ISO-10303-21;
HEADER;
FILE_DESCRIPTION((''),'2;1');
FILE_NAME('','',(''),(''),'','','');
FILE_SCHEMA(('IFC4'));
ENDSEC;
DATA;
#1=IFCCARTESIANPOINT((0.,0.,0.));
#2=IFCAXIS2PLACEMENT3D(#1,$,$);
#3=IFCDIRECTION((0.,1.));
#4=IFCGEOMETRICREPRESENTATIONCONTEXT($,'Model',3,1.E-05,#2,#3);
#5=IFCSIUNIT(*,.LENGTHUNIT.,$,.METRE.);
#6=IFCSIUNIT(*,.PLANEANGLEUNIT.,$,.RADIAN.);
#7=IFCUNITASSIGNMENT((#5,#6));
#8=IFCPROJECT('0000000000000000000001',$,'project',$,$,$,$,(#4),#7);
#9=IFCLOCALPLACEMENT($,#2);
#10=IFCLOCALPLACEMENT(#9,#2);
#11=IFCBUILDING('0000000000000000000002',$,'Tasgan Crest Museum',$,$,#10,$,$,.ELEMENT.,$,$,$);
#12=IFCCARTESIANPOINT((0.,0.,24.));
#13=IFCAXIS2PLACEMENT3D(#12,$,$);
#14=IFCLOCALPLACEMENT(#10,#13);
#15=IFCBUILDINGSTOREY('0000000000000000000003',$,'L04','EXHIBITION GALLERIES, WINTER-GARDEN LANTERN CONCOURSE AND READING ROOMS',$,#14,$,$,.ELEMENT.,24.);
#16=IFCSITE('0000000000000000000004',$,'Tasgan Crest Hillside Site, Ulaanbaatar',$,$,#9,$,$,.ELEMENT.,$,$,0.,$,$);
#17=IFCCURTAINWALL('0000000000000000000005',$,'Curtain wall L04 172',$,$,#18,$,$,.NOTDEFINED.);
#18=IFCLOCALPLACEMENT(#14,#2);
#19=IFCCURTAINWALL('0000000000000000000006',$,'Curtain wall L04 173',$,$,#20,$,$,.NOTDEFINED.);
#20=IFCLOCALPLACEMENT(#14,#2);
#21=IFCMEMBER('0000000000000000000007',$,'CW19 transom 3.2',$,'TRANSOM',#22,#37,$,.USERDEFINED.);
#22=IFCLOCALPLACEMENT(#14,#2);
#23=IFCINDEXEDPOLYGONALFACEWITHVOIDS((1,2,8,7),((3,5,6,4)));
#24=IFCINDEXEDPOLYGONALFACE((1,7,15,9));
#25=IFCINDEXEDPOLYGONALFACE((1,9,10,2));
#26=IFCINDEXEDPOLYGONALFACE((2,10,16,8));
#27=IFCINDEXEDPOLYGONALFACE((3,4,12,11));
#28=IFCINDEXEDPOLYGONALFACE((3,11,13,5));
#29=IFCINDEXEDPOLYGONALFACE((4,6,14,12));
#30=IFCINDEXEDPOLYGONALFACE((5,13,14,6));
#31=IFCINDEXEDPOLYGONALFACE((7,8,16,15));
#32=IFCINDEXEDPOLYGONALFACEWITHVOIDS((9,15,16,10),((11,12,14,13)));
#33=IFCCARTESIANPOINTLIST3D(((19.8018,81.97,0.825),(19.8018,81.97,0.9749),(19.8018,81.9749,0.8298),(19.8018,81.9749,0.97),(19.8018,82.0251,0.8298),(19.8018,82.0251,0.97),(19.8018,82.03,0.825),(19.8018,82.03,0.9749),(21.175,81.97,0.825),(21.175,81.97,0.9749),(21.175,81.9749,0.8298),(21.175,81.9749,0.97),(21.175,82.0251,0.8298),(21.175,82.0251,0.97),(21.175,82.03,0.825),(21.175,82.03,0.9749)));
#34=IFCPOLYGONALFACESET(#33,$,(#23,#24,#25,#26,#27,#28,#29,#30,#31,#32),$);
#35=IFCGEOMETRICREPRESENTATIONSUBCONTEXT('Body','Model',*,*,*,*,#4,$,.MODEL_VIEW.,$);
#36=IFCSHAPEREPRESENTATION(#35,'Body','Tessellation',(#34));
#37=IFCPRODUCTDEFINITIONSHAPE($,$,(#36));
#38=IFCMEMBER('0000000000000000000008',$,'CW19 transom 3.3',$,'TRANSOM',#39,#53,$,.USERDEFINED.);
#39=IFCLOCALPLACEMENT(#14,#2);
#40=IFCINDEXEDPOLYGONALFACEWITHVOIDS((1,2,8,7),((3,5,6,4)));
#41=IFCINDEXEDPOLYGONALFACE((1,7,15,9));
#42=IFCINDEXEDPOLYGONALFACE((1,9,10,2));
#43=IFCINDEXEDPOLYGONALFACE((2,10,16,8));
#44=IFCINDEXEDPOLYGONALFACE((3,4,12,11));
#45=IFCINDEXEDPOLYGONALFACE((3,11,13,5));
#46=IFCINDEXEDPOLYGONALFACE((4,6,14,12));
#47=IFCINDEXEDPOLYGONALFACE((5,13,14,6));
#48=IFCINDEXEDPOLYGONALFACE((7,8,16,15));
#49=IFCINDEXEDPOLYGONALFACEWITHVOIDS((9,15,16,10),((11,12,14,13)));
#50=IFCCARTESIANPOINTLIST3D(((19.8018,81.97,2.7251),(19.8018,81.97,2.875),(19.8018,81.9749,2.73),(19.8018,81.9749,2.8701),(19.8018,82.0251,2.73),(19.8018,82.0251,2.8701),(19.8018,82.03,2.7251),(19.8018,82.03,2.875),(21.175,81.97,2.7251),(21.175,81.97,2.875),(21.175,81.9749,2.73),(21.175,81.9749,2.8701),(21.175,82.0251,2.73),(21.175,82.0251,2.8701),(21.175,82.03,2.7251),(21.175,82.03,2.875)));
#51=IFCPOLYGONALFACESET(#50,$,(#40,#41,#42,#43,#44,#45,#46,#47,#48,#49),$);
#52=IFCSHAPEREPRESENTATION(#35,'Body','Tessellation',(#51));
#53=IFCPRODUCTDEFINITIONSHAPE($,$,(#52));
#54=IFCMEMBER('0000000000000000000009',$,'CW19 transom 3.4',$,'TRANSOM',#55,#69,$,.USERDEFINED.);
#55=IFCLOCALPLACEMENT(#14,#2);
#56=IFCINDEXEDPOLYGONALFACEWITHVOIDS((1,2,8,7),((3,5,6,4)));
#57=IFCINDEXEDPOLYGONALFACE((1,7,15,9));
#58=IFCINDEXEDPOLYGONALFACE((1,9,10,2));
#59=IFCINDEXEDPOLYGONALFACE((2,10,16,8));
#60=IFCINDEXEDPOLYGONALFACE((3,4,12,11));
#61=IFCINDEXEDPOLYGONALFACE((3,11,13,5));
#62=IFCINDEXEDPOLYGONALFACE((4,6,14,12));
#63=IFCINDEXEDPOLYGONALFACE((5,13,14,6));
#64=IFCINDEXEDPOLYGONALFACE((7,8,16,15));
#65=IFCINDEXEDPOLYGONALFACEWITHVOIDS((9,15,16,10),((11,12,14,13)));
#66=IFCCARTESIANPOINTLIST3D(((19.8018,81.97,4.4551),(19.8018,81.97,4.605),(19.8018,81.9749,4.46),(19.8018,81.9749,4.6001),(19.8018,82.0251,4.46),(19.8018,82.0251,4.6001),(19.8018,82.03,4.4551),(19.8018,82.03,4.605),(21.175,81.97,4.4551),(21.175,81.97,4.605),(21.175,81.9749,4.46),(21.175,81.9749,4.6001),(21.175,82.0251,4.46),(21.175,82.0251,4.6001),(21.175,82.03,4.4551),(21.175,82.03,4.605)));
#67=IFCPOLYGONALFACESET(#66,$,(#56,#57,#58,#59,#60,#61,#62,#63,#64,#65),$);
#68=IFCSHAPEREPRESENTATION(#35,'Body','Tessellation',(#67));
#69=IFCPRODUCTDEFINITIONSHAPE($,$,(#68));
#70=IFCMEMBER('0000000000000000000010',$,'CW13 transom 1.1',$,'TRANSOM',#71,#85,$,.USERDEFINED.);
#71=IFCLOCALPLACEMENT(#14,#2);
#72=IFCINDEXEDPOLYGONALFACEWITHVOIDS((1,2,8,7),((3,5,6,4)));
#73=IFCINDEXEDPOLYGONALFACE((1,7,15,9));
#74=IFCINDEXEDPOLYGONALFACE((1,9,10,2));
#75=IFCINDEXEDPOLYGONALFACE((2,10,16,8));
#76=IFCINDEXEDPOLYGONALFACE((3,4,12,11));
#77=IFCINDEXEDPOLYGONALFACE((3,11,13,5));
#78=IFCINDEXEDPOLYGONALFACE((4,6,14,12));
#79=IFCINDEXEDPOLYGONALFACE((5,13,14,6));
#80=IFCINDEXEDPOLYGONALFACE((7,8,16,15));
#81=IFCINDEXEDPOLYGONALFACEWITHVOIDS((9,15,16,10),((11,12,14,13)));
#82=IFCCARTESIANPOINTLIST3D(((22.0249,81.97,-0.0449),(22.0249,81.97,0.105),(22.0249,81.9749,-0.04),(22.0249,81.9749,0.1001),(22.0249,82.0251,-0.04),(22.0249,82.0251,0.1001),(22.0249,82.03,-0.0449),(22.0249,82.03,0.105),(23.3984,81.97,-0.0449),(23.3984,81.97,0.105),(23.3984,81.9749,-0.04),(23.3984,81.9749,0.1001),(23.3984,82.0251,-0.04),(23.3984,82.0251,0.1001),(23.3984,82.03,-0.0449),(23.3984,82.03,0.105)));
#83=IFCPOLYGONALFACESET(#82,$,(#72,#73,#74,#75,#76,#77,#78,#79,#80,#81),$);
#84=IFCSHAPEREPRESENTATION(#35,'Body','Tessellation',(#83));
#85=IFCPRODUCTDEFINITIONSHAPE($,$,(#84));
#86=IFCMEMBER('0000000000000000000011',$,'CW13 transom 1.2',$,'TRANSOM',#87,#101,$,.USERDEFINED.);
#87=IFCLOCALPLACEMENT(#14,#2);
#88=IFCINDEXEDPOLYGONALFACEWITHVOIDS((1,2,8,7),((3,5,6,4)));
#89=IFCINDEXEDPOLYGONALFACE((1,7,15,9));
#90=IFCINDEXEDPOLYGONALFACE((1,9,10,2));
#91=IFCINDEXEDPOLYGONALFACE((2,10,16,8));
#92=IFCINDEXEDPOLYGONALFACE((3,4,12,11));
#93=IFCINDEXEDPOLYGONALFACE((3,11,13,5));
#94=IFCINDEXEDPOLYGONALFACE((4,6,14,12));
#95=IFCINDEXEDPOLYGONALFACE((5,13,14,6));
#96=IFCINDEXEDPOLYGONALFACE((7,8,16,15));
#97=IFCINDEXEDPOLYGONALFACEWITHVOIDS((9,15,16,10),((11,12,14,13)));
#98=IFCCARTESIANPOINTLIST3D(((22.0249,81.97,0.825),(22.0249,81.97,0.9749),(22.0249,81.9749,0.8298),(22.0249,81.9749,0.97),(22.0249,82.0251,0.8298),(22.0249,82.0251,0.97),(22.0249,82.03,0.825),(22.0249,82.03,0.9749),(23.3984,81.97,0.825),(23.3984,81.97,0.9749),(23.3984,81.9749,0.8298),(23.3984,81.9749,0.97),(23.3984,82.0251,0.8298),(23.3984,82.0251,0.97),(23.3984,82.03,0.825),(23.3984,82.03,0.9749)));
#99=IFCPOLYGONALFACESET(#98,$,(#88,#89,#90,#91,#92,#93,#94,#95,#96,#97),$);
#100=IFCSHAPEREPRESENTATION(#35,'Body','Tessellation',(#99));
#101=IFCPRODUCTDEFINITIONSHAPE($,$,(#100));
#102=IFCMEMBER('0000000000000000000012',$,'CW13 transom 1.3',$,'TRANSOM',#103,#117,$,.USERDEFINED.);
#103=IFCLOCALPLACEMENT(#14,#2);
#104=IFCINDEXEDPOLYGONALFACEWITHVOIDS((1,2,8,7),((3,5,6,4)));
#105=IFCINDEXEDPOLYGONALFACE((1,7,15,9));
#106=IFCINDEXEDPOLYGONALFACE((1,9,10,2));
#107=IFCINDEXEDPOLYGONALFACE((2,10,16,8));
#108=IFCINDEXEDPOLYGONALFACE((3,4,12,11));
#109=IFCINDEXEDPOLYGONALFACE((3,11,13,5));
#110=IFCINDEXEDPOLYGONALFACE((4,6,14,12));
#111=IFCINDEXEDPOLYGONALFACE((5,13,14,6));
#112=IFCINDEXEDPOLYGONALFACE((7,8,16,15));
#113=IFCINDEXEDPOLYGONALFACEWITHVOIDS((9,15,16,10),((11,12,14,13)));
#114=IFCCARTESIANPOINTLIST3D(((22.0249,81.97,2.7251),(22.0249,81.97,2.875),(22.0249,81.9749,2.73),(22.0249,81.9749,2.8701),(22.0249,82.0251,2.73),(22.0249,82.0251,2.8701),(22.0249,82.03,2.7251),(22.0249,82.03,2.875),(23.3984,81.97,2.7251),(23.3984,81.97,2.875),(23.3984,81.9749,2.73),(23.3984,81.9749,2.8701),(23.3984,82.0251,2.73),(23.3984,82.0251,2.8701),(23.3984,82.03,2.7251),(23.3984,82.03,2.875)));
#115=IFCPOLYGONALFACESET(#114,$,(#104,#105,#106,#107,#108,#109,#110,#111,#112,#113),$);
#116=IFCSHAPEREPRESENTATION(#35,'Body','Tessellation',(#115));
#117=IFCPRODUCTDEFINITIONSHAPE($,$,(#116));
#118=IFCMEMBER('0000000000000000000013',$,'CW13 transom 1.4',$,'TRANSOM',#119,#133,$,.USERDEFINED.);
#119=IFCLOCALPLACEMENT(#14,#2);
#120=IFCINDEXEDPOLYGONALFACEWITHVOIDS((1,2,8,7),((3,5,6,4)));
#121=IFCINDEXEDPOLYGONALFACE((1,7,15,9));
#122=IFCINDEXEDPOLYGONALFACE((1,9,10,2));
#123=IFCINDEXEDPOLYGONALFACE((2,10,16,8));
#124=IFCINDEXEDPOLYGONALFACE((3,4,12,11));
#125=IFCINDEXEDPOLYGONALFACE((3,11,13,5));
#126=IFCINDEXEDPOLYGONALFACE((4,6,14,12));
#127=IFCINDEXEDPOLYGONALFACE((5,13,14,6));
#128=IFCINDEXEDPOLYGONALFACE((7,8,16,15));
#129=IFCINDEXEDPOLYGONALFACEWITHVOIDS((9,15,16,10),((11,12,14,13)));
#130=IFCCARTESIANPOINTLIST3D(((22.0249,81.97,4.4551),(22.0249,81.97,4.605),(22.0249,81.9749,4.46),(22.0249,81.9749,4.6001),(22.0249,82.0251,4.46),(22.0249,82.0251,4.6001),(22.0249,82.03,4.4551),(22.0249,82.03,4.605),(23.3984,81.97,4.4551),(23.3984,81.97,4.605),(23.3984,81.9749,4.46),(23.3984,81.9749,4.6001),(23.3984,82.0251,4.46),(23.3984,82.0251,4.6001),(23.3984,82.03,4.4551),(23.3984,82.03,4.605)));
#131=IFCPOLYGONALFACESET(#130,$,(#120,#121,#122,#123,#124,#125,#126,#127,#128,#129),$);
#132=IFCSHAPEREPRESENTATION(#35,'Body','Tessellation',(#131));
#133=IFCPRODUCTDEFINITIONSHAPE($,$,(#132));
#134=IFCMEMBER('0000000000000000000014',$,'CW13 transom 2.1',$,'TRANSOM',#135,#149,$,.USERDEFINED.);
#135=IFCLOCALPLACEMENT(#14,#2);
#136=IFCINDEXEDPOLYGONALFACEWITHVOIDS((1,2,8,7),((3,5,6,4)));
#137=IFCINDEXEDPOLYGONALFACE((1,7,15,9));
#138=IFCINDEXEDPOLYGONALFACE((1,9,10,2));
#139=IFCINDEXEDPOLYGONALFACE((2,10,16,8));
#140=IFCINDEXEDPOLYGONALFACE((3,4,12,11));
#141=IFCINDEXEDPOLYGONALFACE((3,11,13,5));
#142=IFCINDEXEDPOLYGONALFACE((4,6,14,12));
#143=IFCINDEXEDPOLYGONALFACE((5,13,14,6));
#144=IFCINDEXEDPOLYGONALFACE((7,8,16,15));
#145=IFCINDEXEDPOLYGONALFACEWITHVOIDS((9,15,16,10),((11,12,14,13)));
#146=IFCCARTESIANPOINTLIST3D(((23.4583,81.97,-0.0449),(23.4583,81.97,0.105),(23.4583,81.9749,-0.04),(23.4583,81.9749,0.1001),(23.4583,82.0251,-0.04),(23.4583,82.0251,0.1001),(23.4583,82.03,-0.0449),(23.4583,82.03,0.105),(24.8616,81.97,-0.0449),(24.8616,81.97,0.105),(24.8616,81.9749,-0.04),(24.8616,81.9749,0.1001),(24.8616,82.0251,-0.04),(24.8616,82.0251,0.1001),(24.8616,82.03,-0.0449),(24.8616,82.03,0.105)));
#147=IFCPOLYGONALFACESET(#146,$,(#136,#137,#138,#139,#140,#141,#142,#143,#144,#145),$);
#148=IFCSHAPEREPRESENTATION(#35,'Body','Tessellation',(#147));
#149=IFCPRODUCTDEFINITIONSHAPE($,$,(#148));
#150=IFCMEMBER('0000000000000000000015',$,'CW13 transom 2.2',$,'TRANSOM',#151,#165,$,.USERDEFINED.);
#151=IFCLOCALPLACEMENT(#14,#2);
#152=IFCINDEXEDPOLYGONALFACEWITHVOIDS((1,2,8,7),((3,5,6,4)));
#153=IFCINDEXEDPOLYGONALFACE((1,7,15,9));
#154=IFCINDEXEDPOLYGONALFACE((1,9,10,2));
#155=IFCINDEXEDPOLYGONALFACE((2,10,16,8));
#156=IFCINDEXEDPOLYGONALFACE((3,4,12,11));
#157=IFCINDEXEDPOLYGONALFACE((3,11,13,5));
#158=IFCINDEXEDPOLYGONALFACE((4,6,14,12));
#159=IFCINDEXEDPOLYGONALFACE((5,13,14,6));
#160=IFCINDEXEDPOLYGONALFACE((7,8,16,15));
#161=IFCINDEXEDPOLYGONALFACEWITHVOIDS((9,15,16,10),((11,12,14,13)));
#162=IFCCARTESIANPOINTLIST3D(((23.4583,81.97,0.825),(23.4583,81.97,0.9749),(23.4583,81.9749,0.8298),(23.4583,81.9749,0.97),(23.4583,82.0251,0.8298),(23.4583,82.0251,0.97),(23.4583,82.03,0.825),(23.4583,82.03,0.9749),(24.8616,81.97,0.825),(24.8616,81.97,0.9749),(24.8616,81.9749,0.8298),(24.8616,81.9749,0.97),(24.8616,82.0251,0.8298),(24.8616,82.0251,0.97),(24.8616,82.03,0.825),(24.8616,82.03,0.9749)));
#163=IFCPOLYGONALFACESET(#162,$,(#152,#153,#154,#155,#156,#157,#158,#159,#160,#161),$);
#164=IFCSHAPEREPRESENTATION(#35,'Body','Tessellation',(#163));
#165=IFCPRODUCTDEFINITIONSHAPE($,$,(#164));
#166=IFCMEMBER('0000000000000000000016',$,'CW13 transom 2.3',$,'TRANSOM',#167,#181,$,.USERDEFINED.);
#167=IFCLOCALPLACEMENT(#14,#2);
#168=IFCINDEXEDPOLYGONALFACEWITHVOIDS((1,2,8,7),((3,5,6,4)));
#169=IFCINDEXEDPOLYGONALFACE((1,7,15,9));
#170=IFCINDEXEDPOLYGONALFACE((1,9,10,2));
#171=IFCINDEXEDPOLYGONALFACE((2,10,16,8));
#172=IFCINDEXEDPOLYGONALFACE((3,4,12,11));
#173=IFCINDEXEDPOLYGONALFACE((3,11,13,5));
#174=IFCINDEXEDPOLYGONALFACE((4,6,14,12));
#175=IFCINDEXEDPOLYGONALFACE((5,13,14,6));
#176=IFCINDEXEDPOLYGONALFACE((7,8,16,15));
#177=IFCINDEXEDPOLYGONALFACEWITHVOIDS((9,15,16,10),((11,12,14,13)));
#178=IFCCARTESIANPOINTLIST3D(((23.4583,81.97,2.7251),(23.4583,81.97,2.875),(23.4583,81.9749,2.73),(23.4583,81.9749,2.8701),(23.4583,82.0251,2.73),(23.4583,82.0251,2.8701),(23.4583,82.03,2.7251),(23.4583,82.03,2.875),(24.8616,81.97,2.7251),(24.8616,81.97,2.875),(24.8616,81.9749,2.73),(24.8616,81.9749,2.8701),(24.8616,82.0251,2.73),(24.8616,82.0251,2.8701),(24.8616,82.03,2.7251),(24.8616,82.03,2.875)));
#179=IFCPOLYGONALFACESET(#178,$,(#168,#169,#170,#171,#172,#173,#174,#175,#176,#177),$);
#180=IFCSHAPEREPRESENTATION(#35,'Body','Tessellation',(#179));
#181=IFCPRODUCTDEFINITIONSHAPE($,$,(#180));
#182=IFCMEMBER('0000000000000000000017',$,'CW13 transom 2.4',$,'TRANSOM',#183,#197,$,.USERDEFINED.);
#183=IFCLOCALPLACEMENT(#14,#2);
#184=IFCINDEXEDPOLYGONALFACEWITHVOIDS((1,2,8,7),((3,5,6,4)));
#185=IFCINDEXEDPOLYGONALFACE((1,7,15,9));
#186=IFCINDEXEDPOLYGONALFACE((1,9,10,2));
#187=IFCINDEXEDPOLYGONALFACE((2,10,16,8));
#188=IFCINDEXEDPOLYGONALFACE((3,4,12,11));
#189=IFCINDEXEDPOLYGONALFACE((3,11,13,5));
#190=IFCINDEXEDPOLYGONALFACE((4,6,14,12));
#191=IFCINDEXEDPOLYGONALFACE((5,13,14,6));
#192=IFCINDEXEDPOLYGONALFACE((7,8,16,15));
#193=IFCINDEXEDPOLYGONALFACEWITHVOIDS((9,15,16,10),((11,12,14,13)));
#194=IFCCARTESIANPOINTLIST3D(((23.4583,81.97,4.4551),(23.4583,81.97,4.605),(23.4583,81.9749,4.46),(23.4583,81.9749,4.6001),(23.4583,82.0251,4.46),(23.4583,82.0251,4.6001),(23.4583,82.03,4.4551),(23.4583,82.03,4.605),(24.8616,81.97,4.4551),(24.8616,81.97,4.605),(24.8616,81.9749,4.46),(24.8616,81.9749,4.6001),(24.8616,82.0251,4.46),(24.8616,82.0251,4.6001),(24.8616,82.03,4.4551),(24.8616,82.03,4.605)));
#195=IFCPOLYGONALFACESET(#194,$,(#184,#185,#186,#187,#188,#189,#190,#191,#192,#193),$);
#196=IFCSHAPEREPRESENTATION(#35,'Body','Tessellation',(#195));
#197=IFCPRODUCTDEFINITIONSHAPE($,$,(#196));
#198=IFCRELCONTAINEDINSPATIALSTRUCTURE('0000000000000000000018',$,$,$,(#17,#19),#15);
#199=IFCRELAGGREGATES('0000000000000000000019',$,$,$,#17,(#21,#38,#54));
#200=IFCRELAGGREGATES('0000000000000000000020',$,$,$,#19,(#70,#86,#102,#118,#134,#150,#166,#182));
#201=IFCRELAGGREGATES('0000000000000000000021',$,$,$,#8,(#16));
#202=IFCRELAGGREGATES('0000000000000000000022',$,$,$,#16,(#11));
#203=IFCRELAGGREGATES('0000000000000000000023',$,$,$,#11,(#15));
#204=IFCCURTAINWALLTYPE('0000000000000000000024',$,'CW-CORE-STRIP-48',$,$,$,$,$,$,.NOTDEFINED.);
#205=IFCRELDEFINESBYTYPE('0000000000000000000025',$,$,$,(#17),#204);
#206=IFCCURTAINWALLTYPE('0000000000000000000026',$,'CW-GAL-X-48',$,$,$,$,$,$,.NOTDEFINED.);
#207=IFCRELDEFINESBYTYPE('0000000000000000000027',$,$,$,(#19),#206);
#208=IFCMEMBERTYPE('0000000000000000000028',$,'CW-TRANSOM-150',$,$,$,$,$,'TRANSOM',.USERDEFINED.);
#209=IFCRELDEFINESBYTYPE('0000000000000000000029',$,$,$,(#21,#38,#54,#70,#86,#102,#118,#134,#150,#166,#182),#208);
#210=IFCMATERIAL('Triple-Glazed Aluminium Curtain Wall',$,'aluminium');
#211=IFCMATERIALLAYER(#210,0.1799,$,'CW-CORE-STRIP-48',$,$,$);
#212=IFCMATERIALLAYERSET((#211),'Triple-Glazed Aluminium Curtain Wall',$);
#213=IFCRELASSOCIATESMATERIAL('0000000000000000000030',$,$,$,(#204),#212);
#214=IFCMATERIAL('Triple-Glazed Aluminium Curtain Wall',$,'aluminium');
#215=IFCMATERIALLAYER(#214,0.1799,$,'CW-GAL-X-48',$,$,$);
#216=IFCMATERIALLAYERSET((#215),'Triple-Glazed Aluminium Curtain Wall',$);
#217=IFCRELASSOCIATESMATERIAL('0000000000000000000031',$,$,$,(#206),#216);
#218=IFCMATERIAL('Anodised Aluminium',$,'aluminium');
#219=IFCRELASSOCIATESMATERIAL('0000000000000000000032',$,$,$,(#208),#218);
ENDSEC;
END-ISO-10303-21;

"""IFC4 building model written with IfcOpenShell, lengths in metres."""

from ifc_helpers import new_model, si_unit, direction, frame, origin, origin_2d, place, context, subcontext, project, spatial, hollow_rectangle, extrude, material, layer, layer_set, material_profile, profile_set, type_object, element, aggregate, save


model = new_model("IFC4")

# Units and contexts
model_context = context("Model", 3, precision=1e-05, world=origin(), true_north=direction((0.0, 1.0)))
body_context = subcontext(model_context, "Body", "Model", "MODEL_VIEW")
ifc_project = project(units=[si_unit("LENGTHUNIT", "METRE"), si_unit("PLANEANGLEUNIT", "RADIAN")], contexts=[model_context])

# Site, building, storey
site_placement = place(None, origin())
site = spatial("IfcSite", under=ifc_project, at=site_placement, Name="Tasgan Crest Hillside Site, Ulaanbaatar", CompositionType="ELEMENT", RefElevation=0.0)
building_placement = place(site_placement, origin())
building = spatial("IfcBuilding", under=site, at=building_placement, Name="Tasgan Crest Museum", CompositionType="ELEMENT")
storey_placement = place(building_placement, frame((0.0, 0.0, 24.0)))
storey = spatial("IfcBuildingStorey", under=building, at=storey_placement, Name="L04", Description="EXHIBITION GALLERIES, WINTER-GARDEN LANTERN CONCOURSE AND READING ROOMS", CompositionType="ELEMENT", Elevation=24.0)

# Curtain wall
ifc_material_1 = material(Name="Triple-Glazed Aluminium Curtain Wall", Category="aluminium")
ifc_layer_1 = layer(ifc_material_1, 0.1799, Name="CW-CORE-STRIP-48")
ifc_layer_set_1 = layer_set([ifc_layer_1], Name="Triple-Glazed Aluminium Curtain Wall")
curtain_wall_type_1 = type_object("IfcCurtainWallType", Name="CW-CORE-STRIP-48", PredefinedType="NOTDEFINED", material=ifc_layer_set_1)
curtain_wall_1_placement = place(storey_placement, origin())
curtain_wall_1 = element("IfcCurtainWall", 1, at=curtain_wall_1_placement, inside=storey, type_object=curtain_wall_type_1, Name="Curtain wall L04 172", PredefinedType="NOTDEFINED")

# Curtain wall
ifc_material_2 = material(Name="Triple-Glazed Aluminium Curtain Wall", Category="aluminium")
ifc_layer_2 = layer(ifc_material_2, 0.1799, Name="CW-GAL-X-48")
ifc_layer_set_2 = layer_set([ifc_layer_2], Name="Triple-Glazed Aluminium Curtain Wall")
curtain_wall_type_2 = type_object("IfcCurtainWallType", Name="CW-GAL-X-48", PredefinedType="NOTDEFINED", material=ifc_layer_set_2)
curtain_wall_2_placement = place(storey_placement, origin())
curtain_wall_2 = element("IfcCurtainWall", 2, at=curtain_wall_2_placement, inside=storey, type_object=curtain_wall_type_2, Name="Curtain wall L04 173", PredefinedType="NOTDEFINED")

# Members
ifc_material_3 = material(Name="Anodised Aluminium", Category="aluminium")
ifc_material_profile_1 = material_profile(ifc_material_3, hollow_rectangle(XDim=0.0601, YDim=0.1499, WallThickness=0.0049, at=origin_2d()), Name="ALU TRANSOM 150x60x5")
ifc_profile_set_1 = profile_set([ifc_material_profile_1], Name="Anodised Aluminium")
member_type_1 = type_object("IfcMemberType", Name="CW-TRANSOM-150", ElementType="TRANSOM", PredefinedType="USERDEFINED", material=ifc_profile_set_1)
member_1_placement = place(storey_placement, frame((19.8018, 82.0, 0.8999), z_axis=(1.0, 0.0, 0.0), x_axis=(0.0, 1.0, 0.0)))
member_1 = element("IfcMember", 3, at=member_1_placement, type_object=member_type_1, Name="CW19 transom 3.2", ObjectType="TRANSOM", PredefinedType="USERDEFINED", context=body_context, shape_type="SweptSolid", body=[
    extrude(hollow_rectangle(XDim=0.0601, YDim=0.1499, WallThickness=0.0049, at=origin_2d()), origin(), (0.0, 0.0, 1.0), 1.3733),
])
member_2_placement = place(storey_placement, frame((19.8018, 82.0, 2.8), z_axis=(1.0, 0.0, 0.0), x_axis=(0.0, 1.0, 0.0)))
member_2 = element("IfcMember", 4, at=member_2_placement, type_object=member_type_1, Name="CW19 transom 3.3", ObjectType="TRANSOM", PredefinedType="USERDEFINED", context=body_context, shape_type="SweptSolid", body=[
    extrude(hollow_rectangle(XDim=0.0601, YDim=0.1499, WallThickness=0.0049, at=origin_2d()), origin(), (0.0, 0.0, 1.0), 1.3733),
])
member_3_placement = place(storey_placement, frame((19.8018, 82.0, 4.53), z_axis=(1.0, 0.0, 0.0), x_axis=(0.0, 1.0, 0.0)))
member_3 = element("IfcMember", 5, at=member_3_placement, type_object=member_type_1, Name="CW19 transom 3.4", ObjectType="TRANSOM", PredefinedType="USERDEFINED", context=body_context, shape_type="SweptSolid", body=[
    extrude(hollow_rectangle(XDim=0.0601, YDim=0.1499, WallThickness=0.0049, at=origin_2d()), origin(), (0.0, 0.0, 1.0), 1.3733),
])
member_4_placement = place(storey_placement, frame((22.0249, 82.0, 0.03), z_axis=(1.0, 0.0, 0.0), x_axis=(0.0, 1.0, 0.0)))
member_4 = element("IfcMember", 6, at=member_4_placement, type_object=member_type_1, Name="CW13 transom 1.1", ObjectType="TRANSOM", PredefinedType="USERDEFINED", context=body_context, shape_type="SweptSolid", body=[
    extrude(hollow_rectangle(XDim=0.0601, YDim=0.1499, WallThickness=0.0049, at=origin_2d()), origin(), (0.0, 0.0, 1.0), 1.3735),
])
member_5_placement = place(storey_placement, frame((22.0249, 82.0, 0.8999), z_axis=(1.0, 0.0, 0.0), x_axis=(0.0, 1.0, 0.0)))
member_5 = element("IfcMember", 7, at=member_5_placement, type_object=member_type_1, Name="CW13 transom 1.2", ObjectType="TRANSOM", PredefinedType="USERDEFINED", context=body_context, shape_type="SweptSolid", body=[
    extrude(hollow_rectangle(XDim=0.0601, YDim=0.1499, WallThickness=0.0049, at=origin_2d()), origin(), (0.0, 0.0, 1.0), 1.3735),
])
member_6_placement = place(storey_placement, frame((22.0249, 82.0, 2.8), z_axis=(1.0, 0.0, 0.0), x_axis=(0.0, 1.0, 0.0)))
member_6 = element("IfcMember", 8, at=member_6_placement, type_object=member_type_1, Name="CW13 transom 1.3", ObjectType="TRANSOM", PredefinedType="USERDEFINED", context=body_context, shape_type="SweptSolid", body=[
    extrude(hollow_rectangle(XDim=0.0601, YDim=0.1499, WallThickness=0.0049, at=origin_2d()), origin(), (0.0, 0.0, 1.0), 1.3735),
])
member_7_placement = place(storey_placement, frame((22.0249, 82.0, 4.53), z_axis=(1.0, 0.0, 0.0), x_axis=(0.0, 1.0, 0.0)))
member_7 = element("IfcMember", 9, at=member_7_placement, type_object=member_type_1, Name="CW13 transom 1.4", ObjectType="TRANSOM", PredefinedType="USERDEFINED", context=body_context, shape_type="SweptSolid", body=[
    extrude(hollow_rectangle(XDim=0.0601, YDim=0.1499, WallThickness=0.0049, at=origin_2d()), origin(), (0.0, 0.0, 1.0), 1.3735),
])
member_8_placement = place(storey_placement, frame((23.4583, 82.0, 0.03), z_axis=(1.0, 0.0, 0.0), x_axis=(0.0, 1.0, 0.0)))
member_8 = element("IfcMember", 10, at=member_8_placement, type_object=member_type_1, Name="CW13 transom 2.1", ObjectType="TRANSOM", PredefinedType="USERDEFINED", context=body_context, shape_type="SweptSolid", body=[
    extrude(hollow_rectangle(XDim=0.0601, YDim=0.1499, WallThickness=0.0049, at=origin_2d()), origin(), (0.0, 0.0, 1.0), 1.4033),
])
member_9_placement = place(storey_placement, frame((23.4583, 82.0, 0.8999), z_axis=(1.0, 0.0, 0.0), x_axis=(0.0, 1.0, 0.0)))
member_9 = element("IfcMember", 11, at=member_9_placement, type_object=member_type_1, Name="CW13 transom 2.2", ObjectType="TRANSOM", PredefinedType="USERDEFINED", context=body_context, shape_type="SweptSolid", body=[
    extrude(hollow_rectangle(XDim=0.0601, YDim=0.1499, WallThickness=0.0049, at=origin_2d()), origin(), (0.0, 0.0, 1.0), 1.4033),
])
member_10_placement = place(storey_placement, frame((23.4583, 82.0, 2.8), z_axis=(1.0, 0.0, 0.0), x_axis=(0.0, 1.0, 0.0)))
member_10 = element("IfcMember", 12, at=member_10_placement, type_object=member_type_1, Name="CW13 transom 2.3", ObjectType="TRANSOM", PredefinedType="USERDEFINED", context=body_context, shape_type="SweptSolid", body=[
    extrude(hollow_rectangle(XDim=0.0601, YDim=0.1499, WallThickness=0.0049, at=origin_2d()), origin(), (0.0, 0.0, 1.0), 1.4033),
])
member_11_placement = place(storey_placement, frame((23.4583, 82.0, 4.53), z_axis=(1.0, 0.0, 0.0), x_axis=(0.0, 1.0, 0.0)))
member_11 = element("IfcMember", 13, at=member_11_placement, type_object=member_type_1, Name="CW13 transom 2.4", ObjectType="TRANSOM", PredefinedType="USERDEFINED", context=body_context, shape_type="SweptSolid", body=[
    extrude(hollow_rectangle(XDim=0.0601, YDim=0.1499, WallThickness=0.0049, at=origin_2d()), origin(), (0.0, 0.0, 1.0), 1.4033),
])

aggregate(curtain_wall_1, [member_1, member_2, member_3])
aggregate(curtain_wall_2, [member_4, member_5, member_6, member_7, member_8, member_9, member_10, member_11])

save(model, "model.ifc")
